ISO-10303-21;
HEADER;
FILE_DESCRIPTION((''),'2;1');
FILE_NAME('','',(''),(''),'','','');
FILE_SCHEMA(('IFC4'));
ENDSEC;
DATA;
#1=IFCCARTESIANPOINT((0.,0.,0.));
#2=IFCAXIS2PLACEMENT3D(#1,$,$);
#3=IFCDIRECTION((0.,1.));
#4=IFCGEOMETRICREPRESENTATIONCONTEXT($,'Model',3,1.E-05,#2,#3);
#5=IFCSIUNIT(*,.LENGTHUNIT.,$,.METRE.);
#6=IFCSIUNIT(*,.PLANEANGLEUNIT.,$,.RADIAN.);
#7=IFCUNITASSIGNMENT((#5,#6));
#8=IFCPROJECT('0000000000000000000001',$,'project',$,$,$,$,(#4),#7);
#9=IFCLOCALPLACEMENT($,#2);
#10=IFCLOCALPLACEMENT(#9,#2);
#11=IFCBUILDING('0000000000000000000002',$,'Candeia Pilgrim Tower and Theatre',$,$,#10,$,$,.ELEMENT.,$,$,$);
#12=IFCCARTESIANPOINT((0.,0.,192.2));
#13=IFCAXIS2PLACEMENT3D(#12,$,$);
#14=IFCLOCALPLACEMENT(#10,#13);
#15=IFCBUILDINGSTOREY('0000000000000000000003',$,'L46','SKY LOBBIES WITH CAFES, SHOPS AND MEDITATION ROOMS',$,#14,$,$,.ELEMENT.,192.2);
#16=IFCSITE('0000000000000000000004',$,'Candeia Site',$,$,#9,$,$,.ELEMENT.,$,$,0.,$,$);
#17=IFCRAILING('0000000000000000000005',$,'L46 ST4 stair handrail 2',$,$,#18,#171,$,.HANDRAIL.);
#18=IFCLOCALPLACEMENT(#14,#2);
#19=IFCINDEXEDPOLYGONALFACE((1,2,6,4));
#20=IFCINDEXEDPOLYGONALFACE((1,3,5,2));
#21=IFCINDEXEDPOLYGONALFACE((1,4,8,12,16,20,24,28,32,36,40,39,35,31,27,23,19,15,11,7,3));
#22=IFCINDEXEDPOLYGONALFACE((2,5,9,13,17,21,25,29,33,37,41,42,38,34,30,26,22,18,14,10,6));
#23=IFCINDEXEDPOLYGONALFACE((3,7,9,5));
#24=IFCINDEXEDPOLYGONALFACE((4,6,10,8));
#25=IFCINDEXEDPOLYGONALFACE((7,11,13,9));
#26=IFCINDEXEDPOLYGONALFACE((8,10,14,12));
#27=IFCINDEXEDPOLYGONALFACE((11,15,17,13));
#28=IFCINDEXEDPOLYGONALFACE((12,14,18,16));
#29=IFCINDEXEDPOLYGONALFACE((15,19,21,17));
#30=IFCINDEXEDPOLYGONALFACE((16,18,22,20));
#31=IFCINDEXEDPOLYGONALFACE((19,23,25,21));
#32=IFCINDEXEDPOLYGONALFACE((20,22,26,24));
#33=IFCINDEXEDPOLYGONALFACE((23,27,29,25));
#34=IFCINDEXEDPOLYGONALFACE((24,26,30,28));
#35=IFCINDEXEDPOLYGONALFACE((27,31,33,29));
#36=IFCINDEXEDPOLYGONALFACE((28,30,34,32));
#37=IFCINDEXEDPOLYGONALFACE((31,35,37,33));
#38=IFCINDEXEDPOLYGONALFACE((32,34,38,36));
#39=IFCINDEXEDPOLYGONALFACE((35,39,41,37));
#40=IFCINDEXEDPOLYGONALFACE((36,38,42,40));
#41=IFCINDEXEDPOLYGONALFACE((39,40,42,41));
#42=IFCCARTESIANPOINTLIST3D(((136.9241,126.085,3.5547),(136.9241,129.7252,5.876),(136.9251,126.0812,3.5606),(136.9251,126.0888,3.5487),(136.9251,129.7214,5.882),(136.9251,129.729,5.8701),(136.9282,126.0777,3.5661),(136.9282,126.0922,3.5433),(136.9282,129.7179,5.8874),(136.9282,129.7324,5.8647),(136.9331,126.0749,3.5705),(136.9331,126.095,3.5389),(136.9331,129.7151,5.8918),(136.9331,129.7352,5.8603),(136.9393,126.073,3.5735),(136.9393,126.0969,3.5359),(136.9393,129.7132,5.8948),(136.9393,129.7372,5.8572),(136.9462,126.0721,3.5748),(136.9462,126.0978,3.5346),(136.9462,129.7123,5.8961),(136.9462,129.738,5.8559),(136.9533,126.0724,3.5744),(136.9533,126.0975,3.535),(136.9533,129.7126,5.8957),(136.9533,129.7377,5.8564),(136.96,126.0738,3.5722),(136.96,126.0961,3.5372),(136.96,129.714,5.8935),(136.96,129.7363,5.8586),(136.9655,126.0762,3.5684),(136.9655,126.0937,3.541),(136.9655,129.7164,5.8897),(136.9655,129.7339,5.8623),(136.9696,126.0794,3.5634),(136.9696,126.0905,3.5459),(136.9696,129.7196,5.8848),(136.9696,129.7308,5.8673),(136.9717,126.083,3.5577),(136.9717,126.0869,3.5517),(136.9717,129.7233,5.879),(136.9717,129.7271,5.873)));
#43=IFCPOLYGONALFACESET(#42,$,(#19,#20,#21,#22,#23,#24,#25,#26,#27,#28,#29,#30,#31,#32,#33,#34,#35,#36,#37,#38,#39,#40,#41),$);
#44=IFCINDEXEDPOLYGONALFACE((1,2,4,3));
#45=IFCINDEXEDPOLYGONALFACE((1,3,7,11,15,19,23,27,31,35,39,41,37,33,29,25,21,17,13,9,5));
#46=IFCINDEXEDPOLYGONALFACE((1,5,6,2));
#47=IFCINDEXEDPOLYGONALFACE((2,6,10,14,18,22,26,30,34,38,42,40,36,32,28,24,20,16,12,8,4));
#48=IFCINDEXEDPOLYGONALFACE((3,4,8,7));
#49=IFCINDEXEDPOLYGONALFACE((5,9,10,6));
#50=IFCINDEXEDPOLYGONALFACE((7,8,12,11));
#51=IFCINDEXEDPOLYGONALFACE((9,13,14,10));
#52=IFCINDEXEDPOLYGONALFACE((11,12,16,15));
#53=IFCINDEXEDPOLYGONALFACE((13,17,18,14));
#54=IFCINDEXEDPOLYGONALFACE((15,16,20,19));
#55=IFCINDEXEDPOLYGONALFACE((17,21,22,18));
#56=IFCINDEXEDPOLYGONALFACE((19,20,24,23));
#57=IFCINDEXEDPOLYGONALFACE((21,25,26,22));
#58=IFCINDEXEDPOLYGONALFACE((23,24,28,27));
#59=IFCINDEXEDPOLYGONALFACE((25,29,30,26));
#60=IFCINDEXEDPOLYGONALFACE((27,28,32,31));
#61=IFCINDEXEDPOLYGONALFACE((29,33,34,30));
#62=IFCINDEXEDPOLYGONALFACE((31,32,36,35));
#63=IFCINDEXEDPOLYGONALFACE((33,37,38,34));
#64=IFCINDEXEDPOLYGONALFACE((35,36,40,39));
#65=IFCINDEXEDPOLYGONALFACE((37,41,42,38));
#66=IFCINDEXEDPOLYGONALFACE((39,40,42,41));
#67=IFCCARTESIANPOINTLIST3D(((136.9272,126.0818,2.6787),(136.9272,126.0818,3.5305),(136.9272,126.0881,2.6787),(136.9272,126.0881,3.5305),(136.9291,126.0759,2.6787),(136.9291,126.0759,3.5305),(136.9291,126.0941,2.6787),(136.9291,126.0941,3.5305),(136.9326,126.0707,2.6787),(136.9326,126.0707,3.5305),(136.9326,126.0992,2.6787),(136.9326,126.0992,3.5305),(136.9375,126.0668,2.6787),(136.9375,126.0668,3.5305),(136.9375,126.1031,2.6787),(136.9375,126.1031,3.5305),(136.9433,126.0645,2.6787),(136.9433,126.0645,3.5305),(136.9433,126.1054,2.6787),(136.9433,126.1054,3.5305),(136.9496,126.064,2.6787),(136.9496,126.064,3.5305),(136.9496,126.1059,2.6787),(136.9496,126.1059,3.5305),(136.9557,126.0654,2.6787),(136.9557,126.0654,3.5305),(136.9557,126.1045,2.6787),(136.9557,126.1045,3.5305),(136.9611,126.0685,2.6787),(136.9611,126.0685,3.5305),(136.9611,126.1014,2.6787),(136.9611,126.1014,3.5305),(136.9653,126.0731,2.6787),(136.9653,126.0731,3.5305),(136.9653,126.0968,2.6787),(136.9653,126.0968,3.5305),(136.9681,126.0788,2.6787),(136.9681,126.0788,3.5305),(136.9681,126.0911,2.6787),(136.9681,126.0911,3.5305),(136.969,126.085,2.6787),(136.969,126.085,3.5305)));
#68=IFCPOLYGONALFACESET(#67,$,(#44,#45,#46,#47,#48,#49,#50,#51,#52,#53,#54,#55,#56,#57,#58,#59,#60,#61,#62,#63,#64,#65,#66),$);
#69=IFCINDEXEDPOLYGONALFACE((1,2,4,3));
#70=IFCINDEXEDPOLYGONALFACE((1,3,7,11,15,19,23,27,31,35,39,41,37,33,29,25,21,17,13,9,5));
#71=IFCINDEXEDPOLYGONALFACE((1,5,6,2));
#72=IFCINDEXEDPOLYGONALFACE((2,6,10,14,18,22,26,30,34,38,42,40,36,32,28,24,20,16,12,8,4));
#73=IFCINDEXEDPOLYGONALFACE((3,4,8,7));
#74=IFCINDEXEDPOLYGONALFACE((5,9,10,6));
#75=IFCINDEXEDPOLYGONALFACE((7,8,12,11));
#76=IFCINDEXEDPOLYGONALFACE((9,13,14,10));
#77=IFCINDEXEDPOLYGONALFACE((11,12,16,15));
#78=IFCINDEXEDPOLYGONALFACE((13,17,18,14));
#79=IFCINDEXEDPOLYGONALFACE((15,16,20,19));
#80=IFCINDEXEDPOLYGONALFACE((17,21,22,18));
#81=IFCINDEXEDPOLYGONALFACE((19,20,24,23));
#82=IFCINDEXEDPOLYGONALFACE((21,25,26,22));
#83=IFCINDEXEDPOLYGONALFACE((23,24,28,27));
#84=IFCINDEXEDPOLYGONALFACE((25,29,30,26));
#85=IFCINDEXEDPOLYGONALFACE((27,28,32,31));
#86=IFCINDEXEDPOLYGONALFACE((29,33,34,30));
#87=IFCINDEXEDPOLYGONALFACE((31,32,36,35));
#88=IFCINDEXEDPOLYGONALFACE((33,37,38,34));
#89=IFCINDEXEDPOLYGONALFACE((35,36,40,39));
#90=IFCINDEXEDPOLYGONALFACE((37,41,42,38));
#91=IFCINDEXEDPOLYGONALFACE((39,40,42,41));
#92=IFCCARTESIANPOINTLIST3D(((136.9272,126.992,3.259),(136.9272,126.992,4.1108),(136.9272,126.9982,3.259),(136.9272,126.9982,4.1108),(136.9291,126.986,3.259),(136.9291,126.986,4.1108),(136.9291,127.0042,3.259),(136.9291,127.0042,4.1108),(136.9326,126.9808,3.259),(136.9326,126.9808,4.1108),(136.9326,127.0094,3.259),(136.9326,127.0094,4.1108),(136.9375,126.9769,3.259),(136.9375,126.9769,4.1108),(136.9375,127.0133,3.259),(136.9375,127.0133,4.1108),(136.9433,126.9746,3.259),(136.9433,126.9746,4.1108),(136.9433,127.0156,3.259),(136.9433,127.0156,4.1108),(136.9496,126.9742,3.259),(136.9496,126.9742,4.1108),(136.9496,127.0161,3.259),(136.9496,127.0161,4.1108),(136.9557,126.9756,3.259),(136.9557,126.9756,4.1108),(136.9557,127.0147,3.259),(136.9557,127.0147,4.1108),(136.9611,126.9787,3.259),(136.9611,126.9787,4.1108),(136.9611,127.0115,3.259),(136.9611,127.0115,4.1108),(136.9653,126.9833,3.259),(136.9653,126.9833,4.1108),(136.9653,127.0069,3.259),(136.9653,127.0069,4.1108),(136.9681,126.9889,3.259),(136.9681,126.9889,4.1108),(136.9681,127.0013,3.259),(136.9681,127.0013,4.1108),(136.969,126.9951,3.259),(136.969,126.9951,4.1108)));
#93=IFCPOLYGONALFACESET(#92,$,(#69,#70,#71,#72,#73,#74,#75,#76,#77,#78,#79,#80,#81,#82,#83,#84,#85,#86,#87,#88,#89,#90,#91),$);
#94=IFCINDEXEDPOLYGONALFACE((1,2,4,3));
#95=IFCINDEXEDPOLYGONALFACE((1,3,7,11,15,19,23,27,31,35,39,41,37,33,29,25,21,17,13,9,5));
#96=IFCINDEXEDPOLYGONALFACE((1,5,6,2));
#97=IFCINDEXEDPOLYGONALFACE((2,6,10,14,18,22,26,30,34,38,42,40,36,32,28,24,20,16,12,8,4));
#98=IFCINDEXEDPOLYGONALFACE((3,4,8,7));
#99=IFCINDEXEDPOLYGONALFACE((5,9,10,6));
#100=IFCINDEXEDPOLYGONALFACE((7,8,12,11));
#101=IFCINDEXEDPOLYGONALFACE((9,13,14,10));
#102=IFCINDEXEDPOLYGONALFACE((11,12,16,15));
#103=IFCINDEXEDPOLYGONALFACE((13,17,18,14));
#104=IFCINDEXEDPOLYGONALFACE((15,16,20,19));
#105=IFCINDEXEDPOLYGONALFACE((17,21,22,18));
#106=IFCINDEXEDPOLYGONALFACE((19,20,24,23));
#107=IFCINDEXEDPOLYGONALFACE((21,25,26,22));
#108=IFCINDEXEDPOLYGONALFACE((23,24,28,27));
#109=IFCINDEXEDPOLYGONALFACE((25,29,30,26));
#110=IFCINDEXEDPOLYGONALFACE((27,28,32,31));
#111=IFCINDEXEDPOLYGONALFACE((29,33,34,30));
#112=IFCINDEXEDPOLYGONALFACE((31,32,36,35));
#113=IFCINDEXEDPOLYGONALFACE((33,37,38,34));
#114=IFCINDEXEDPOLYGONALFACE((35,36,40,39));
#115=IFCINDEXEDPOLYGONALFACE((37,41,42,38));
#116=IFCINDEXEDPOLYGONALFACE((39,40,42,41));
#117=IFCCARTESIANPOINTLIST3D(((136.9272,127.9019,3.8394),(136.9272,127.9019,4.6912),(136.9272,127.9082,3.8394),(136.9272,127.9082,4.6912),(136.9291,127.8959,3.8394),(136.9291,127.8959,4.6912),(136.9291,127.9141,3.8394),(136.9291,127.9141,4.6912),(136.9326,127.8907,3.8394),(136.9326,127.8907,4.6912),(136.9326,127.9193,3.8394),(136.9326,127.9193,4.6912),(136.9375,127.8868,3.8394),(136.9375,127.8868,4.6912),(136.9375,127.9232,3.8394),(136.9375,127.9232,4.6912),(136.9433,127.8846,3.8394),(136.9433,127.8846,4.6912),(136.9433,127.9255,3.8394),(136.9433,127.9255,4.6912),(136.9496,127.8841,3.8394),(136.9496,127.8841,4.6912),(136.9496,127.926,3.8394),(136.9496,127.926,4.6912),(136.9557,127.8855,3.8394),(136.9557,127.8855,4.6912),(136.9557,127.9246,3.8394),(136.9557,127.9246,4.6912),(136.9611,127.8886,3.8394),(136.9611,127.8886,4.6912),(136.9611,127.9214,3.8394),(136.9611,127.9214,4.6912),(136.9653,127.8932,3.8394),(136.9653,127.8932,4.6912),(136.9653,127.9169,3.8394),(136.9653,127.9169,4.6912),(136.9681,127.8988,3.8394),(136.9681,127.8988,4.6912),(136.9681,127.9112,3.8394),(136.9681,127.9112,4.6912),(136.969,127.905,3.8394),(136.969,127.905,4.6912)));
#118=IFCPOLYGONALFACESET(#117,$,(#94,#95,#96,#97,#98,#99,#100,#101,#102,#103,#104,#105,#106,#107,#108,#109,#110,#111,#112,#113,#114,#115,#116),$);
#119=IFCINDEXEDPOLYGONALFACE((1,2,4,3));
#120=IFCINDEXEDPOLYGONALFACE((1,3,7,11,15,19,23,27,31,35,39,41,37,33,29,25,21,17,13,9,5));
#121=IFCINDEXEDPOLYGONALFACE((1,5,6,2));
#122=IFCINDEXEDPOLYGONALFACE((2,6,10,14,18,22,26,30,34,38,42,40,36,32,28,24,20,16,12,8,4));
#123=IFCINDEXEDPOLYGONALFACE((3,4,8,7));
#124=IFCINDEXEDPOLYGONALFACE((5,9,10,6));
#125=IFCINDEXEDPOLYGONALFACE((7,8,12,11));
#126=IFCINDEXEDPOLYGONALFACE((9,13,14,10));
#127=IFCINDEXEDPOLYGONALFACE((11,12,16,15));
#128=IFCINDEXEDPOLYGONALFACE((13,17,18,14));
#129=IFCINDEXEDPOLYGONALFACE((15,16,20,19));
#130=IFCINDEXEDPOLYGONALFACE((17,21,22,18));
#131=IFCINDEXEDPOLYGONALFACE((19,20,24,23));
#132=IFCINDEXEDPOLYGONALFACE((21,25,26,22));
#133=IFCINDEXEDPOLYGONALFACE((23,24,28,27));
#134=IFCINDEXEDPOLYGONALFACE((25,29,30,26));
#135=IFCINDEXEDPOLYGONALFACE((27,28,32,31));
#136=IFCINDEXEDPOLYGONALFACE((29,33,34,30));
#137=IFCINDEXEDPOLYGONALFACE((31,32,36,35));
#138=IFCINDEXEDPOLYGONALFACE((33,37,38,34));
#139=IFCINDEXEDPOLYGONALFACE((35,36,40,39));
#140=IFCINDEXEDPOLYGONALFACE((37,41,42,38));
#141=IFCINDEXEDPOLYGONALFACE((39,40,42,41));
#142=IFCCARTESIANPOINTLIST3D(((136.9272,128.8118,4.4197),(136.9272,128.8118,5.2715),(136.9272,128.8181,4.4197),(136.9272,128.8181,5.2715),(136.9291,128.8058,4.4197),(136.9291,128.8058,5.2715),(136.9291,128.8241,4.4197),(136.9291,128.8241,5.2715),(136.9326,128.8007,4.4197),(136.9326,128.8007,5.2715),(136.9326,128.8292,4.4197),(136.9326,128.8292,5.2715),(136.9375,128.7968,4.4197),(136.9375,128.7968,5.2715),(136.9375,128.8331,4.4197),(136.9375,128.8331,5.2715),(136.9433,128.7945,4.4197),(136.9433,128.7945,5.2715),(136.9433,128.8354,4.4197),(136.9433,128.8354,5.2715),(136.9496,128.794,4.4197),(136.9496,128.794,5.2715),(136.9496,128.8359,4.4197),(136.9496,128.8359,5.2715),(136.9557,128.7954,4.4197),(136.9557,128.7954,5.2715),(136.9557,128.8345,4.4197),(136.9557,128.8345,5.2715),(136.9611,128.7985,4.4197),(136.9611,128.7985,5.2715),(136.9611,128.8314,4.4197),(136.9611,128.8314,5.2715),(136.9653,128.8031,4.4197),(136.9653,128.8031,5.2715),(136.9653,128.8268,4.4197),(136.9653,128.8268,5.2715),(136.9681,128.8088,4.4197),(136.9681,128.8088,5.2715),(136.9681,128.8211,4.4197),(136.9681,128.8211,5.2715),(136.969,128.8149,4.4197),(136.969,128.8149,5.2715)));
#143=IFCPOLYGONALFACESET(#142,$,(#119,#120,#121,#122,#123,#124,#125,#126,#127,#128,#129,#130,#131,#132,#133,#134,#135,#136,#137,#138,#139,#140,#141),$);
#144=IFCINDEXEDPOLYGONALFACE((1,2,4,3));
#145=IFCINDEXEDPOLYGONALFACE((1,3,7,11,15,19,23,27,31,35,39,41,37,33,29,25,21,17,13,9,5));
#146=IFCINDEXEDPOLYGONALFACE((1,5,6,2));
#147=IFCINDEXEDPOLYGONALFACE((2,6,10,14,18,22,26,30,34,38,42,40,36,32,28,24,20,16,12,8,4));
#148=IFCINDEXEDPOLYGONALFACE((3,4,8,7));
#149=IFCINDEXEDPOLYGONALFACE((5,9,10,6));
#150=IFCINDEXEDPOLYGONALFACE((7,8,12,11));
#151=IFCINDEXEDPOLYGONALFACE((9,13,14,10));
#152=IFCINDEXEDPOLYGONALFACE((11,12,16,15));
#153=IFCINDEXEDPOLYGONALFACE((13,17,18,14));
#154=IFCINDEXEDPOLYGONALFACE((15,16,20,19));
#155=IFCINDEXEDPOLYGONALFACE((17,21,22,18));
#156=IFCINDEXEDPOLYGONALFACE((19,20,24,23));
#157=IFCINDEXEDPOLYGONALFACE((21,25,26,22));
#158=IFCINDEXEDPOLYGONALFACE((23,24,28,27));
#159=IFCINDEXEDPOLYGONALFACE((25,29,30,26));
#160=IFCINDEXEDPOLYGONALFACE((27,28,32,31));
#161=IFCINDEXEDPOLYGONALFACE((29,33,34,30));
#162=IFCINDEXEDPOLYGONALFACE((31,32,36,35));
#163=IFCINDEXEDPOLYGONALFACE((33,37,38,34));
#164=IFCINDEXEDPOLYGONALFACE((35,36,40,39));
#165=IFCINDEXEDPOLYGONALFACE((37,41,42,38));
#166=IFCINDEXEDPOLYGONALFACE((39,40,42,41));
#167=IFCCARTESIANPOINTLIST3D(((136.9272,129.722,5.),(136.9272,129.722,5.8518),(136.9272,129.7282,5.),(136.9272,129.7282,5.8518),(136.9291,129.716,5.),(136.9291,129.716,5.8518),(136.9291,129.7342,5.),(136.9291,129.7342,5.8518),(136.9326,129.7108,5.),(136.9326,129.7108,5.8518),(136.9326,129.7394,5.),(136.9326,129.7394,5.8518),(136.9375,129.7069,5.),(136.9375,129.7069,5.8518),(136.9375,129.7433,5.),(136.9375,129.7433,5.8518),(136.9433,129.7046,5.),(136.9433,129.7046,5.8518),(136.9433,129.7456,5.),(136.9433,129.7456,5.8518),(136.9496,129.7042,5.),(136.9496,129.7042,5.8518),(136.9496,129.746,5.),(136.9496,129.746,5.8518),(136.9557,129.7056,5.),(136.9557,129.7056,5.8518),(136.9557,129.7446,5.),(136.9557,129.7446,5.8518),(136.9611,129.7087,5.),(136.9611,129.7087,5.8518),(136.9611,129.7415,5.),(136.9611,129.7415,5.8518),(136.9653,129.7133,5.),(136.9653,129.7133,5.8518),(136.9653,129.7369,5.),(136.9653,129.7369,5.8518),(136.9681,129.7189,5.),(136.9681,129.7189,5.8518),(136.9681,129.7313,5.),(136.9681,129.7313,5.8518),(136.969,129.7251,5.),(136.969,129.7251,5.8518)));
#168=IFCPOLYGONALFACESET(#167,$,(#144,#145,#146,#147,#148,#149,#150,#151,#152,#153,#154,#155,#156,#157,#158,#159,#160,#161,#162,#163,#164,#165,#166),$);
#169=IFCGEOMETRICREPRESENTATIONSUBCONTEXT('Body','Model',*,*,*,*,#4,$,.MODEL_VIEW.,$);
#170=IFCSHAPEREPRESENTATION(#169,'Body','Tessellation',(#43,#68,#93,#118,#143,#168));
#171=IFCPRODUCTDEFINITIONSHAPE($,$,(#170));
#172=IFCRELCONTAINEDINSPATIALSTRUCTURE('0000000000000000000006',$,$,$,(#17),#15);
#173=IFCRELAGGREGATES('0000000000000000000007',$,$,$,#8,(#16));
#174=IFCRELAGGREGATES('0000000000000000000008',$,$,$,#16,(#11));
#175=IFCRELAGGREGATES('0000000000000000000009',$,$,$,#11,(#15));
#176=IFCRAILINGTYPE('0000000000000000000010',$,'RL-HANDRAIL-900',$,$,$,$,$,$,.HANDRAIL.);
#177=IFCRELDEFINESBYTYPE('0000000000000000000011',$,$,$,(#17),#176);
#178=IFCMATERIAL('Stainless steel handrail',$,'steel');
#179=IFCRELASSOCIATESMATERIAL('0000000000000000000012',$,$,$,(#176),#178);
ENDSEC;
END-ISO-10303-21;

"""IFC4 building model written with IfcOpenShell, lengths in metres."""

from ifc_helpers import new_model, si_unit, direction, frame, origin, origin_2d, place, context, subcontext, project, spatial, circle, extrude, material, type_object, element, save


model = new_model("IFC4")

# Units and contexts
model_context = context("Model", 3, precision=1e-05, world=origin(), true_north=direction((0.0, 1.0)))
body_context = subcontext(model_context, "Body", "Model", "MODEL_VIEW")
ifc_project = project(units=[si_unit("LENGTHUNIT", "METRE"), si_unit("PLANEANGLEUNIT", "RADIAN")], contexts=[model_context])

# Site, building, storey
site_placement = place(None, origin())
site = spatial("IfcSite", under=ifc_project, at=site_placement, Name="Candeia Site", CompositionType="ELEMENT", RefElevation=0.0)
building_placement = place(site_placement, origin())
building = spatial("IfcBuilding", under=site, at=building_placement, Name="Candeia Pilgrim Tower and Theatre", CompositionType="ELEMENT")
storey_placement = place(building_placement, frame((0.0, 0.0, 192.2)))
storey = spatial("IfcBuildingStorey", under=building, at=storey_placement, Name="L46", Description="SKY LOBBIES WITH CAFES, SHOPS AND MEDITATION ROOMS", CompositionType="ELEMENT", Elevation=192.2)

# Railing
ifc_material_1 = material(Name="Stainless steel handrail", Category="steel")
railing_type_1 = type_object("IfcRailingType", Name="RL-HANDRAIL-900", PredefinedType="HANDRAIL", material=ifc_material_1)
railing_1_placement = place(storey_placement, frame((136.948, 126.085, 2.6787)))
element("IfcRailing", 1, at=railing_1_placement, inside=storey, type_object=railing_type_1, Name="L46 ST4 stair handrail 2", PredefinedType="HANDRAIL", context=body_context, shape_type="SweptSolid", body=[
    extrude(circle(Radius=0.0239, at=origin_2d()), frame((0.0, 0.0, 0.876), z_axis=(0.0, 0.843153, 0.537673), x_axis=(-1.0, 0.0, 0.0)), (0.0, 0.0, 1.0), 4.3174),
    extrude(circle(Radius=0.021, at=origin_2d()), origin(), (0.0, 0.0, 1.0), 0.8518),
    extrude(circle(Radius=0.021, at=origin_2d()), frame((0.0, 0.9102, 0.5803)), (0.0, 0.0, 1.0), 0.8518),
    extrude(circle(Radius=0.021, at=origin_2d()), frame((0.0, 1.8201, 1.1606)), (0.0, 0.0, 1.0), 0.8518),
    extrude(circle(Radius=0.021, at=origin_2d()), frame((0.0, 2.73, 1.741)), (0.0, 0.0, 1.0), 0.8518),
    extrude(circle(Radius=0.021, at=origin_2d()), frame((0.0, 3.6401, 2.3213)), (0.0, 0.0, 1.0), 0.8518),
])

save(model, "model.ifc")
